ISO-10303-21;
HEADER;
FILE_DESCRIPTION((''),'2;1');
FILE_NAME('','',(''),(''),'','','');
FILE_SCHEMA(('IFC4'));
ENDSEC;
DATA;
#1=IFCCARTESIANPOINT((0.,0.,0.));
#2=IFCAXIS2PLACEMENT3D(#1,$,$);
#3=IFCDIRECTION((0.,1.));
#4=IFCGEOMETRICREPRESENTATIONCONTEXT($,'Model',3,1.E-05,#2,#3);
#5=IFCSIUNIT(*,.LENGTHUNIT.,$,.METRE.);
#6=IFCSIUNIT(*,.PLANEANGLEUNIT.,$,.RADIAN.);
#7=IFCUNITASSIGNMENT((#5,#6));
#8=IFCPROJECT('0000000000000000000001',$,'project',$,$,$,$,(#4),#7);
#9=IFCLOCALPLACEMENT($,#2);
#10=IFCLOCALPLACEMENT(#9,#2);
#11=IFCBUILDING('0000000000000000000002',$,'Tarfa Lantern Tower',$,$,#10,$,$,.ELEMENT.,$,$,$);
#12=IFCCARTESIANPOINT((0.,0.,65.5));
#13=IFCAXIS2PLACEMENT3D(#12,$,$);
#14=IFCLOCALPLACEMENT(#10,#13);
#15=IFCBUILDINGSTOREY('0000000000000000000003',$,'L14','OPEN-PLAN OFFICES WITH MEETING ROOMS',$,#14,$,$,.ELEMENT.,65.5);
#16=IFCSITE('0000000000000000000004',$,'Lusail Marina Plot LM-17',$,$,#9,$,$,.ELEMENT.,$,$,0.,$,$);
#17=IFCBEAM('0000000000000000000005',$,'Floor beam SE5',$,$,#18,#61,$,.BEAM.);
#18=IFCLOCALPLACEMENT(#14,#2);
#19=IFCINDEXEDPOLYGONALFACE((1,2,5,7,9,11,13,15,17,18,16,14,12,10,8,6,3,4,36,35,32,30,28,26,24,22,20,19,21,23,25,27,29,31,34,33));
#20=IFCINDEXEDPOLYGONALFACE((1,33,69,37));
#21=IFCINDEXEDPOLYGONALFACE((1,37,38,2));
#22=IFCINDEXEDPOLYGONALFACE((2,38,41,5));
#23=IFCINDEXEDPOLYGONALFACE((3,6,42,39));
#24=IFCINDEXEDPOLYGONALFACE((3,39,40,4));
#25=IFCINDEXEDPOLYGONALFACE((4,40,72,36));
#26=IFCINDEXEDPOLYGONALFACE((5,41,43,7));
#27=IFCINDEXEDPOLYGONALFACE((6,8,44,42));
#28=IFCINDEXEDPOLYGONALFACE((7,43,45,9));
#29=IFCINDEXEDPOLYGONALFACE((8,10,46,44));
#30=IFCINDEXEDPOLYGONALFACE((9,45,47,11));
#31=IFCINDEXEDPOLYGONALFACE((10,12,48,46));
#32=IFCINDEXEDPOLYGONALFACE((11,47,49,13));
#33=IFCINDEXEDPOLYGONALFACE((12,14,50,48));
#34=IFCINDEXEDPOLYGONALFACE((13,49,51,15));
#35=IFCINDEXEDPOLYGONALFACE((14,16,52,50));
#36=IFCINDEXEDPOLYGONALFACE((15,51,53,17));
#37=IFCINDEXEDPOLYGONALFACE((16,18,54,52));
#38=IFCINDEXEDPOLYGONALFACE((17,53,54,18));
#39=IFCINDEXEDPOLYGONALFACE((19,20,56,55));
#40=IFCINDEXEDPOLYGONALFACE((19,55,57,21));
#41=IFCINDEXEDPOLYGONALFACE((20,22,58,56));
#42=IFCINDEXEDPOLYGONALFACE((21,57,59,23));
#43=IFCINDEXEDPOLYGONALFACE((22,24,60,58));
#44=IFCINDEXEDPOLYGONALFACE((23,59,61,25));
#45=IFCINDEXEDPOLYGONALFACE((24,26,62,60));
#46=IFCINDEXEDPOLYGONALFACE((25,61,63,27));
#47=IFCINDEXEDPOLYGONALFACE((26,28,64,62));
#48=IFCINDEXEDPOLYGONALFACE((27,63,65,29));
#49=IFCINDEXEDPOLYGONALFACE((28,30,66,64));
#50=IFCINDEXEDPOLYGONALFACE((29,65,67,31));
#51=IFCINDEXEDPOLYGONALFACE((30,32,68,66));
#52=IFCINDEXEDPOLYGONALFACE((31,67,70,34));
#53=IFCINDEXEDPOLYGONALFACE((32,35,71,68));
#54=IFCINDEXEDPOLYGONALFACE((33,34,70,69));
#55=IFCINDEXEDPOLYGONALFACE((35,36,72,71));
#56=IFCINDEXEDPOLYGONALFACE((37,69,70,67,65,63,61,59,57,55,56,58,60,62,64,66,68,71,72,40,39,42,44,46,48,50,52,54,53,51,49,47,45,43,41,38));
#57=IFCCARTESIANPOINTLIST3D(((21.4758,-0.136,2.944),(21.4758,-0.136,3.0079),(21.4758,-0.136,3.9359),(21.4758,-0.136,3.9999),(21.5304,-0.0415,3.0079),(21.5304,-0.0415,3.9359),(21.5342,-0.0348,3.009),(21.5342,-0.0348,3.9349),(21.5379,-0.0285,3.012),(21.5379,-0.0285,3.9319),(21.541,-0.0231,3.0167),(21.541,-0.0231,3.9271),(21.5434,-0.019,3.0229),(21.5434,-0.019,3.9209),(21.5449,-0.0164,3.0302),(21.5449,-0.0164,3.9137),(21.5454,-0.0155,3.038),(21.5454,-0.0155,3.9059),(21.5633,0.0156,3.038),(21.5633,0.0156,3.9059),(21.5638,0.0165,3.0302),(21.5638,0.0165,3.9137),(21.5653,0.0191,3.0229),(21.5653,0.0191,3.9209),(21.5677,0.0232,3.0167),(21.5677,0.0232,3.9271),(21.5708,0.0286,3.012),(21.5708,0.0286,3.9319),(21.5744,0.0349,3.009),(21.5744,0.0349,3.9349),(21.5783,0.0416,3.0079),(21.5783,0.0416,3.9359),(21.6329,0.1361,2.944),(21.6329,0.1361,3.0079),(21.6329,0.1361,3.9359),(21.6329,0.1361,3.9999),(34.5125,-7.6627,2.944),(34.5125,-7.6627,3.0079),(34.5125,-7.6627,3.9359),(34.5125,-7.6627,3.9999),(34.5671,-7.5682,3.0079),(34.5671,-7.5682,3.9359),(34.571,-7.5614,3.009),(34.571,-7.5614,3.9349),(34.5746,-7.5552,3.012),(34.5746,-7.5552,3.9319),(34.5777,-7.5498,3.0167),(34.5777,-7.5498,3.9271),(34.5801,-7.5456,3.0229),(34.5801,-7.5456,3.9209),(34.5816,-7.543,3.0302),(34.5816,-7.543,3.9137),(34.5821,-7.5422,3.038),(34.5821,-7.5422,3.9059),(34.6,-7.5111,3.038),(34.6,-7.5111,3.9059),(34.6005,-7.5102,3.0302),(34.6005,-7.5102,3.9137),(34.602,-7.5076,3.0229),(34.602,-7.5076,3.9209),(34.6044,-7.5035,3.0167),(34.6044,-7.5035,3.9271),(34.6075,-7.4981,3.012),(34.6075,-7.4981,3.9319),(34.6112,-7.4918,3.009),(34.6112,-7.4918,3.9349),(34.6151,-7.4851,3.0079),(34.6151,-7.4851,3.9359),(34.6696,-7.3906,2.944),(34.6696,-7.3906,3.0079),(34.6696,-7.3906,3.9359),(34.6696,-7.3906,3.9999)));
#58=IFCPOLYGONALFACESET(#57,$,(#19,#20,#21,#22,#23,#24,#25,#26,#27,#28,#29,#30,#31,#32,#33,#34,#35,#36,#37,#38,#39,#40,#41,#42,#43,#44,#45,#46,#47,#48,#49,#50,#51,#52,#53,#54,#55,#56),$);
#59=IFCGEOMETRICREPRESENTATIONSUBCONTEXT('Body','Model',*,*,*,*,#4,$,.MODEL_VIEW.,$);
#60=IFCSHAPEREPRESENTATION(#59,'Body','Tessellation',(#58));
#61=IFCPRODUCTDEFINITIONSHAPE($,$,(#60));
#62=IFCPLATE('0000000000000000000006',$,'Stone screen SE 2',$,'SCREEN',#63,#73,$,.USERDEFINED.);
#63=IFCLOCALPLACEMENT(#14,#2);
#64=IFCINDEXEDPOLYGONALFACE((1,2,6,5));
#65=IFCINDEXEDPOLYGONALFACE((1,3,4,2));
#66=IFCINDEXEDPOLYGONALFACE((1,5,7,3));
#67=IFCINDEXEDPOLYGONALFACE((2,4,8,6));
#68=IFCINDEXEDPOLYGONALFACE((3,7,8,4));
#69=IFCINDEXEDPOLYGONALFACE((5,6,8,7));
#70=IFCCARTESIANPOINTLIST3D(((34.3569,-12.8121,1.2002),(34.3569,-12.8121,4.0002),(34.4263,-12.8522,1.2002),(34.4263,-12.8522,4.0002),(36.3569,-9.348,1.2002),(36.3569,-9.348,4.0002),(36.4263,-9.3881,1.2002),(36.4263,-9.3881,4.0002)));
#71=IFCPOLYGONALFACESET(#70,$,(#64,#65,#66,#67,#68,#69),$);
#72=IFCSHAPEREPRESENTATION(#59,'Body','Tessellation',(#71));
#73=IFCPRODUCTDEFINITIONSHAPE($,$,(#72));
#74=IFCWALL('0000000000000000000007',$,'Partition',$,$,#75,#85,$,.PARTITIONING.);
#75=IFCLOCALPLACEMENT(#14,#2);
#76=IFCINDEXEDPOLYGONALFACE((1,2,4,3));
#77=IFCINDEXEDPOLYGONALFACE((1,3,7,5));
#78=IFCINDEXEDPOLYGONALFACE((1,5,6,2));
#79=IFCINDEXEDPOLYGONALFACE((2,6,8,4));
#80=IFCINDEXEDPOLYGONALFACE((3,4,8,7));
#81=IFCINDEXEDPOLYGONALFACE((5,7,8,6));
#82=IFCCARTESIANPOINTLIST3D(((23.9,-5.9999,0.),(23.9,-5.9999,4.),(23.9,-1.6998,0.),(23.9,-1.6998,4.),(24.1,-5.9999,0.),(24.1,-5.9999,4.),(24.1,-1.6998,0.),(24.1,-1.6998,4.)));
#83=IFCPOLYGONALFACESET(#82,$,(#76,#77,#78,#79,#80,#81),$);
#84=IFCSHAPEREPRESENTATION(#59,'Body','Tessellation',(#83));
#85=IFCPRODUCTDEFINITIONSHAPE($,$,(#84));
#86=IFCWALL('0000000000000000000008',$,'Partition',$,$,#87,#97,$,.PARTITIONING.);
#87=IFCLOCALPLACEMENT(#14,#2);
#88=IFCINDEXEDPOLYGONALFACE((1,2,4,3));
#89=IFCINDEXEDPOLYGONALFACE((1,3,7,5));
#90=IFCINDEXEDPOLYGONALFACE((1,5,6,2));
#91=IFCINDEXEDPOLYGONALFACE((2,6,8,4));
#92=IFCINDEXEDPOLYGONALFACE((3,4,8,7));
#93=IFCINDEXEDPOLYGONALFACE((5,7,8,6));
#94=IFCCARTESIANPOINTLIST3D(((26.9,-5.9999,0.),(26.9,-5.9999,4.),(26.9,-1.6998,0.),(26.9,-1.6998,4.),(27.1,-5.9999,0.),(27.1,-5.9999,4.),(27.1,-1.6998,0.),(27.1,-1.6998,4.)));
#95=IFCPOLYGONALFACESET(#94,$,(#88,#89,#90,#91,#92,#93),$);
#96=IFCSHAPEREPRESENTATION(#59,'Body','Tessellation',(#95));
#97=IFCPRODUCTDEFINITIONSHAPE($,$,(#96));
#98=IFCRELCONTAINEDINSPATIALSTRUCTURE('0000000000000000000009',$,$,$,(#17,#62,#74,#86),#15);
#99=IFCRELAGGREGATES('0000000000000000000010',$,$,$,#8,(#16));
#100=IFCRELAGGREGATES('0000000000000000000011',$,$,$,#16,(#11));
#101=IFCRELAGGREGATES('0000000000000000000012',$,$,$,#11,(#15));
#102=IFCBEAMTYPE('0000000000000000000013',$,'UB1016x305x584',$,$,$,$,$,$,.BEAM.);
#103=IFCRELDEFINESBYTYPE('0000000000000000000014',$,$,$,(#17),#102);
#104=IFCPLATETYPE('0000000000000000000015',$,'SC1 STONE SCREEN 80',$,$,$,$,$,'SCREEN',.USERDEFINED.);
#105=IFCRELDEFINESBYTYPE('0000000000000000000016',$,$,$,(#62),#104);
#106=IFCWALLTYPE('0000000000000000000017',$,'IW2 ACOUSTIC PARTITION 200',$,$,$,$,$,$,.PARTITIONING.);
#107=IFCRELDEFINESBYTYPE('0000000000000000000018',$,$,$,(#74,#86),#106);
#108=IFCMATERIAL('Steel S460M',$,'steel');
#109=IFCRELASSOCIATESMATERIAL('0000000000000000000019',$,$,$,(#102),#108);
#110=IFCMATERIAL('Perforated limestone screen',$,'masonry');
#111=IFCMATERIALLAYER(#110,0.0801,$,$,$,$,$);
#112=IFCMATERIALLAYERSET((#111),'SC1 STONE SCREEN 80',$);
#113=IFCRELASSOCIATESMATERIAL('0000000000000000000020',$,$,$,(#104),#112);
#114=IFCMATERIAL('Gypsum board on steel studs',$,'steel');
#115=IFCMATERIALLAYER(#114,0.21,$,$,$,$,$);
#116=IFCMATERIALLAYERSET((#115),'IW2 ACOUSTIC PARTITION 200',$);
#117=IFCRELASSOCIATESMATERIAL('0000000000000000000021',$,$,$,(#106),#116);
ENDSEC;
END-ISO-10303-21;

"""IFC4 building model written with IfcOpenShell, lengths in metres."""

from ifc_helpers import new_model, si_unit, direction, frame, frame_2d, origin, origin_2d, place, context, subcontext, project, spatial, rectangle, i_section, extrude, material, layer, layer_set, material_profile, profile_set, type_object, element, save


model = new_model("IFC4")

# Units and contexts
model_context = context("Model", 3, precision=1e-05, world=origin(), true_north=direction((0.0, 1.0)))
body_context = subcontext(model_context, "Body", "Model", "MODEL_VIEW")
ifc_project = project(units=[si_unit("LENGTHUNIT", "METRE"), si_unit("PLANEANGLEUNIT", "RADIAN")], contexts=[model_context])

# Site, building, storey
site_placement = place(None, origin())
site = spatial("IfcSite", under=ifc_project, at=site_placement, Name="Lusail Marina Plot LM-17", CompositionType="ELEMENT", RefElevation=0.0)
building_placement = place(site_placement, origin())
building = spatial("IfcBuilding", under=site, at=building_placement, Name="Tarfa Lantern Tower", CompositionType="ELEMENT")
storey_placement = place(building_placement, frame((0.0, 0.0, 65.5)))
storey = spatial("IfcBuildingStorey", under=building, at=storey_placement, Name="L14", Description="OPEN-PLAN OFFICES WITH MEETING ROOMS", CompositionType="ELEMENT", Elevation=65.5)

# Beam
ifc_material_1 = material(Name="Steel S460M", Category="steel")
ifc_material_profile_1 = material_profile(ifc_material_1, i_section(OverallWidth=0.3142, OverallDepth=1.0559, WebThickness=0.0359, FlangeThickness=0.064, FilletRadius=0.03, at=origin_2d()), Name="UB1016x305x584")
ifc_profile_set_1 = profile_set([ifc_material_profile_1], Name="Steel S460M")
beam_type_1 = type_object("IfcBeamType", Name="UB1016x305x584", PredefinedType="BEAM", material=ifc_profile_set_1)
beam_1_placement = place(storey_placement, frame((34.5911, -7.5266, 3.4719), z_axis=(-0.866028, 0.499996, 0.0), x_axis=(-0.499996, -0.866028, 0.0)))
element("IfcBeam", 1, at=beam_1_placement, inside=storey, type_object=beam_type_1, Name="Floor beam SE5", PredefinedType="BEAM", context=body_context, shape_type="SweptSolid", body=[
    extrude(i_section(OverallWidth=0.3142, OverallDepth=1.0559, WebThickness=0.0359, FlangeThickness=0.064, FilletRadius=0.03, at=origin_2d()), origin(), (0.0, 0.0, 1.0), 15.0535),
])

# Plate
ifc_material_2 = material(Name="Perforated limestone screen", Category="masonry")
ifc_layer_1 = layer(ifc_material_2, 0.0801)
ifc_layer_set_1 = layer_set([ifc_layer_1], Name="SC1 STONE SCREEN 80")
plate_type = type_object("IfcPlateType", Name="SC1 STONE SCREEN 80", ElementType="SCREEN", PredefinedType="USERDEFINED", material=ifc_layer_set_1)
plate_placement = place(storey_placement, frame((35.3916, -11.1001, 1.2002), z_axis=(0.0, 0.0, 1.0), x_axis=(0.5, 0.866025, 0.0)))
element("IfcPlate", 2, at=plate_placement, inside=storey, type_object=plate_type, Name="Stone screen SE 2", ObjectType="SCREEN", PredefinedType="USERDEFINED", context=body_context, shape_type="SweptSolid", body=[
    extrude(rectangle(XDim=4.0, YDim=0.0801, at=origin_2d()), origin(), (0.0, 0.0, 1.0), 2.8),
])

# Walls
ifc_material_3 = material(Name="Gypsum board on steel studs", Category="steel")
ifc_layer_2 = layer(ifc_material_3, 0.21)
ifc_layer_set_2 = layer_set([ifc_layer_2], Name="IW2 ACOUSTIC PARTITION 200")
wall_type = type_object("IfcWallType", Name="IW2 ACOUSTIC PARTITION 200", PredefinedType="PARTITIONING", material=ifc_layer_set_2)
for number, where, z_axis, x_axis, name in (
    (3, (24.0, -1.7, 0.0), (0.0, 0.0, 1.0), (0.0, -1.0, 0.0), "Partition"),
    (4, (27.0, -1.7, 0.0), (0.0, 0.0, 1.0), (0.0, -1.0, 0.0), "Partition"),
):
    element("IfcWall", number, at=place(storey_placement, frame(where, z_axis=z_axis, x_axis=x_axis)), inside=storey, type_object=wall_type, Name=name, PredefinedType="PARTITIONING", context=body_context, shape_type="SweptSolid", body=[
        extrude(rectangle(XDim=4.3, YDim=0.2, at=frame_2d((2.1499, 0.0))), origin(), (0.0, 0.0, 1.0), 4.0),
    ])

save(model, "model.ifc")
